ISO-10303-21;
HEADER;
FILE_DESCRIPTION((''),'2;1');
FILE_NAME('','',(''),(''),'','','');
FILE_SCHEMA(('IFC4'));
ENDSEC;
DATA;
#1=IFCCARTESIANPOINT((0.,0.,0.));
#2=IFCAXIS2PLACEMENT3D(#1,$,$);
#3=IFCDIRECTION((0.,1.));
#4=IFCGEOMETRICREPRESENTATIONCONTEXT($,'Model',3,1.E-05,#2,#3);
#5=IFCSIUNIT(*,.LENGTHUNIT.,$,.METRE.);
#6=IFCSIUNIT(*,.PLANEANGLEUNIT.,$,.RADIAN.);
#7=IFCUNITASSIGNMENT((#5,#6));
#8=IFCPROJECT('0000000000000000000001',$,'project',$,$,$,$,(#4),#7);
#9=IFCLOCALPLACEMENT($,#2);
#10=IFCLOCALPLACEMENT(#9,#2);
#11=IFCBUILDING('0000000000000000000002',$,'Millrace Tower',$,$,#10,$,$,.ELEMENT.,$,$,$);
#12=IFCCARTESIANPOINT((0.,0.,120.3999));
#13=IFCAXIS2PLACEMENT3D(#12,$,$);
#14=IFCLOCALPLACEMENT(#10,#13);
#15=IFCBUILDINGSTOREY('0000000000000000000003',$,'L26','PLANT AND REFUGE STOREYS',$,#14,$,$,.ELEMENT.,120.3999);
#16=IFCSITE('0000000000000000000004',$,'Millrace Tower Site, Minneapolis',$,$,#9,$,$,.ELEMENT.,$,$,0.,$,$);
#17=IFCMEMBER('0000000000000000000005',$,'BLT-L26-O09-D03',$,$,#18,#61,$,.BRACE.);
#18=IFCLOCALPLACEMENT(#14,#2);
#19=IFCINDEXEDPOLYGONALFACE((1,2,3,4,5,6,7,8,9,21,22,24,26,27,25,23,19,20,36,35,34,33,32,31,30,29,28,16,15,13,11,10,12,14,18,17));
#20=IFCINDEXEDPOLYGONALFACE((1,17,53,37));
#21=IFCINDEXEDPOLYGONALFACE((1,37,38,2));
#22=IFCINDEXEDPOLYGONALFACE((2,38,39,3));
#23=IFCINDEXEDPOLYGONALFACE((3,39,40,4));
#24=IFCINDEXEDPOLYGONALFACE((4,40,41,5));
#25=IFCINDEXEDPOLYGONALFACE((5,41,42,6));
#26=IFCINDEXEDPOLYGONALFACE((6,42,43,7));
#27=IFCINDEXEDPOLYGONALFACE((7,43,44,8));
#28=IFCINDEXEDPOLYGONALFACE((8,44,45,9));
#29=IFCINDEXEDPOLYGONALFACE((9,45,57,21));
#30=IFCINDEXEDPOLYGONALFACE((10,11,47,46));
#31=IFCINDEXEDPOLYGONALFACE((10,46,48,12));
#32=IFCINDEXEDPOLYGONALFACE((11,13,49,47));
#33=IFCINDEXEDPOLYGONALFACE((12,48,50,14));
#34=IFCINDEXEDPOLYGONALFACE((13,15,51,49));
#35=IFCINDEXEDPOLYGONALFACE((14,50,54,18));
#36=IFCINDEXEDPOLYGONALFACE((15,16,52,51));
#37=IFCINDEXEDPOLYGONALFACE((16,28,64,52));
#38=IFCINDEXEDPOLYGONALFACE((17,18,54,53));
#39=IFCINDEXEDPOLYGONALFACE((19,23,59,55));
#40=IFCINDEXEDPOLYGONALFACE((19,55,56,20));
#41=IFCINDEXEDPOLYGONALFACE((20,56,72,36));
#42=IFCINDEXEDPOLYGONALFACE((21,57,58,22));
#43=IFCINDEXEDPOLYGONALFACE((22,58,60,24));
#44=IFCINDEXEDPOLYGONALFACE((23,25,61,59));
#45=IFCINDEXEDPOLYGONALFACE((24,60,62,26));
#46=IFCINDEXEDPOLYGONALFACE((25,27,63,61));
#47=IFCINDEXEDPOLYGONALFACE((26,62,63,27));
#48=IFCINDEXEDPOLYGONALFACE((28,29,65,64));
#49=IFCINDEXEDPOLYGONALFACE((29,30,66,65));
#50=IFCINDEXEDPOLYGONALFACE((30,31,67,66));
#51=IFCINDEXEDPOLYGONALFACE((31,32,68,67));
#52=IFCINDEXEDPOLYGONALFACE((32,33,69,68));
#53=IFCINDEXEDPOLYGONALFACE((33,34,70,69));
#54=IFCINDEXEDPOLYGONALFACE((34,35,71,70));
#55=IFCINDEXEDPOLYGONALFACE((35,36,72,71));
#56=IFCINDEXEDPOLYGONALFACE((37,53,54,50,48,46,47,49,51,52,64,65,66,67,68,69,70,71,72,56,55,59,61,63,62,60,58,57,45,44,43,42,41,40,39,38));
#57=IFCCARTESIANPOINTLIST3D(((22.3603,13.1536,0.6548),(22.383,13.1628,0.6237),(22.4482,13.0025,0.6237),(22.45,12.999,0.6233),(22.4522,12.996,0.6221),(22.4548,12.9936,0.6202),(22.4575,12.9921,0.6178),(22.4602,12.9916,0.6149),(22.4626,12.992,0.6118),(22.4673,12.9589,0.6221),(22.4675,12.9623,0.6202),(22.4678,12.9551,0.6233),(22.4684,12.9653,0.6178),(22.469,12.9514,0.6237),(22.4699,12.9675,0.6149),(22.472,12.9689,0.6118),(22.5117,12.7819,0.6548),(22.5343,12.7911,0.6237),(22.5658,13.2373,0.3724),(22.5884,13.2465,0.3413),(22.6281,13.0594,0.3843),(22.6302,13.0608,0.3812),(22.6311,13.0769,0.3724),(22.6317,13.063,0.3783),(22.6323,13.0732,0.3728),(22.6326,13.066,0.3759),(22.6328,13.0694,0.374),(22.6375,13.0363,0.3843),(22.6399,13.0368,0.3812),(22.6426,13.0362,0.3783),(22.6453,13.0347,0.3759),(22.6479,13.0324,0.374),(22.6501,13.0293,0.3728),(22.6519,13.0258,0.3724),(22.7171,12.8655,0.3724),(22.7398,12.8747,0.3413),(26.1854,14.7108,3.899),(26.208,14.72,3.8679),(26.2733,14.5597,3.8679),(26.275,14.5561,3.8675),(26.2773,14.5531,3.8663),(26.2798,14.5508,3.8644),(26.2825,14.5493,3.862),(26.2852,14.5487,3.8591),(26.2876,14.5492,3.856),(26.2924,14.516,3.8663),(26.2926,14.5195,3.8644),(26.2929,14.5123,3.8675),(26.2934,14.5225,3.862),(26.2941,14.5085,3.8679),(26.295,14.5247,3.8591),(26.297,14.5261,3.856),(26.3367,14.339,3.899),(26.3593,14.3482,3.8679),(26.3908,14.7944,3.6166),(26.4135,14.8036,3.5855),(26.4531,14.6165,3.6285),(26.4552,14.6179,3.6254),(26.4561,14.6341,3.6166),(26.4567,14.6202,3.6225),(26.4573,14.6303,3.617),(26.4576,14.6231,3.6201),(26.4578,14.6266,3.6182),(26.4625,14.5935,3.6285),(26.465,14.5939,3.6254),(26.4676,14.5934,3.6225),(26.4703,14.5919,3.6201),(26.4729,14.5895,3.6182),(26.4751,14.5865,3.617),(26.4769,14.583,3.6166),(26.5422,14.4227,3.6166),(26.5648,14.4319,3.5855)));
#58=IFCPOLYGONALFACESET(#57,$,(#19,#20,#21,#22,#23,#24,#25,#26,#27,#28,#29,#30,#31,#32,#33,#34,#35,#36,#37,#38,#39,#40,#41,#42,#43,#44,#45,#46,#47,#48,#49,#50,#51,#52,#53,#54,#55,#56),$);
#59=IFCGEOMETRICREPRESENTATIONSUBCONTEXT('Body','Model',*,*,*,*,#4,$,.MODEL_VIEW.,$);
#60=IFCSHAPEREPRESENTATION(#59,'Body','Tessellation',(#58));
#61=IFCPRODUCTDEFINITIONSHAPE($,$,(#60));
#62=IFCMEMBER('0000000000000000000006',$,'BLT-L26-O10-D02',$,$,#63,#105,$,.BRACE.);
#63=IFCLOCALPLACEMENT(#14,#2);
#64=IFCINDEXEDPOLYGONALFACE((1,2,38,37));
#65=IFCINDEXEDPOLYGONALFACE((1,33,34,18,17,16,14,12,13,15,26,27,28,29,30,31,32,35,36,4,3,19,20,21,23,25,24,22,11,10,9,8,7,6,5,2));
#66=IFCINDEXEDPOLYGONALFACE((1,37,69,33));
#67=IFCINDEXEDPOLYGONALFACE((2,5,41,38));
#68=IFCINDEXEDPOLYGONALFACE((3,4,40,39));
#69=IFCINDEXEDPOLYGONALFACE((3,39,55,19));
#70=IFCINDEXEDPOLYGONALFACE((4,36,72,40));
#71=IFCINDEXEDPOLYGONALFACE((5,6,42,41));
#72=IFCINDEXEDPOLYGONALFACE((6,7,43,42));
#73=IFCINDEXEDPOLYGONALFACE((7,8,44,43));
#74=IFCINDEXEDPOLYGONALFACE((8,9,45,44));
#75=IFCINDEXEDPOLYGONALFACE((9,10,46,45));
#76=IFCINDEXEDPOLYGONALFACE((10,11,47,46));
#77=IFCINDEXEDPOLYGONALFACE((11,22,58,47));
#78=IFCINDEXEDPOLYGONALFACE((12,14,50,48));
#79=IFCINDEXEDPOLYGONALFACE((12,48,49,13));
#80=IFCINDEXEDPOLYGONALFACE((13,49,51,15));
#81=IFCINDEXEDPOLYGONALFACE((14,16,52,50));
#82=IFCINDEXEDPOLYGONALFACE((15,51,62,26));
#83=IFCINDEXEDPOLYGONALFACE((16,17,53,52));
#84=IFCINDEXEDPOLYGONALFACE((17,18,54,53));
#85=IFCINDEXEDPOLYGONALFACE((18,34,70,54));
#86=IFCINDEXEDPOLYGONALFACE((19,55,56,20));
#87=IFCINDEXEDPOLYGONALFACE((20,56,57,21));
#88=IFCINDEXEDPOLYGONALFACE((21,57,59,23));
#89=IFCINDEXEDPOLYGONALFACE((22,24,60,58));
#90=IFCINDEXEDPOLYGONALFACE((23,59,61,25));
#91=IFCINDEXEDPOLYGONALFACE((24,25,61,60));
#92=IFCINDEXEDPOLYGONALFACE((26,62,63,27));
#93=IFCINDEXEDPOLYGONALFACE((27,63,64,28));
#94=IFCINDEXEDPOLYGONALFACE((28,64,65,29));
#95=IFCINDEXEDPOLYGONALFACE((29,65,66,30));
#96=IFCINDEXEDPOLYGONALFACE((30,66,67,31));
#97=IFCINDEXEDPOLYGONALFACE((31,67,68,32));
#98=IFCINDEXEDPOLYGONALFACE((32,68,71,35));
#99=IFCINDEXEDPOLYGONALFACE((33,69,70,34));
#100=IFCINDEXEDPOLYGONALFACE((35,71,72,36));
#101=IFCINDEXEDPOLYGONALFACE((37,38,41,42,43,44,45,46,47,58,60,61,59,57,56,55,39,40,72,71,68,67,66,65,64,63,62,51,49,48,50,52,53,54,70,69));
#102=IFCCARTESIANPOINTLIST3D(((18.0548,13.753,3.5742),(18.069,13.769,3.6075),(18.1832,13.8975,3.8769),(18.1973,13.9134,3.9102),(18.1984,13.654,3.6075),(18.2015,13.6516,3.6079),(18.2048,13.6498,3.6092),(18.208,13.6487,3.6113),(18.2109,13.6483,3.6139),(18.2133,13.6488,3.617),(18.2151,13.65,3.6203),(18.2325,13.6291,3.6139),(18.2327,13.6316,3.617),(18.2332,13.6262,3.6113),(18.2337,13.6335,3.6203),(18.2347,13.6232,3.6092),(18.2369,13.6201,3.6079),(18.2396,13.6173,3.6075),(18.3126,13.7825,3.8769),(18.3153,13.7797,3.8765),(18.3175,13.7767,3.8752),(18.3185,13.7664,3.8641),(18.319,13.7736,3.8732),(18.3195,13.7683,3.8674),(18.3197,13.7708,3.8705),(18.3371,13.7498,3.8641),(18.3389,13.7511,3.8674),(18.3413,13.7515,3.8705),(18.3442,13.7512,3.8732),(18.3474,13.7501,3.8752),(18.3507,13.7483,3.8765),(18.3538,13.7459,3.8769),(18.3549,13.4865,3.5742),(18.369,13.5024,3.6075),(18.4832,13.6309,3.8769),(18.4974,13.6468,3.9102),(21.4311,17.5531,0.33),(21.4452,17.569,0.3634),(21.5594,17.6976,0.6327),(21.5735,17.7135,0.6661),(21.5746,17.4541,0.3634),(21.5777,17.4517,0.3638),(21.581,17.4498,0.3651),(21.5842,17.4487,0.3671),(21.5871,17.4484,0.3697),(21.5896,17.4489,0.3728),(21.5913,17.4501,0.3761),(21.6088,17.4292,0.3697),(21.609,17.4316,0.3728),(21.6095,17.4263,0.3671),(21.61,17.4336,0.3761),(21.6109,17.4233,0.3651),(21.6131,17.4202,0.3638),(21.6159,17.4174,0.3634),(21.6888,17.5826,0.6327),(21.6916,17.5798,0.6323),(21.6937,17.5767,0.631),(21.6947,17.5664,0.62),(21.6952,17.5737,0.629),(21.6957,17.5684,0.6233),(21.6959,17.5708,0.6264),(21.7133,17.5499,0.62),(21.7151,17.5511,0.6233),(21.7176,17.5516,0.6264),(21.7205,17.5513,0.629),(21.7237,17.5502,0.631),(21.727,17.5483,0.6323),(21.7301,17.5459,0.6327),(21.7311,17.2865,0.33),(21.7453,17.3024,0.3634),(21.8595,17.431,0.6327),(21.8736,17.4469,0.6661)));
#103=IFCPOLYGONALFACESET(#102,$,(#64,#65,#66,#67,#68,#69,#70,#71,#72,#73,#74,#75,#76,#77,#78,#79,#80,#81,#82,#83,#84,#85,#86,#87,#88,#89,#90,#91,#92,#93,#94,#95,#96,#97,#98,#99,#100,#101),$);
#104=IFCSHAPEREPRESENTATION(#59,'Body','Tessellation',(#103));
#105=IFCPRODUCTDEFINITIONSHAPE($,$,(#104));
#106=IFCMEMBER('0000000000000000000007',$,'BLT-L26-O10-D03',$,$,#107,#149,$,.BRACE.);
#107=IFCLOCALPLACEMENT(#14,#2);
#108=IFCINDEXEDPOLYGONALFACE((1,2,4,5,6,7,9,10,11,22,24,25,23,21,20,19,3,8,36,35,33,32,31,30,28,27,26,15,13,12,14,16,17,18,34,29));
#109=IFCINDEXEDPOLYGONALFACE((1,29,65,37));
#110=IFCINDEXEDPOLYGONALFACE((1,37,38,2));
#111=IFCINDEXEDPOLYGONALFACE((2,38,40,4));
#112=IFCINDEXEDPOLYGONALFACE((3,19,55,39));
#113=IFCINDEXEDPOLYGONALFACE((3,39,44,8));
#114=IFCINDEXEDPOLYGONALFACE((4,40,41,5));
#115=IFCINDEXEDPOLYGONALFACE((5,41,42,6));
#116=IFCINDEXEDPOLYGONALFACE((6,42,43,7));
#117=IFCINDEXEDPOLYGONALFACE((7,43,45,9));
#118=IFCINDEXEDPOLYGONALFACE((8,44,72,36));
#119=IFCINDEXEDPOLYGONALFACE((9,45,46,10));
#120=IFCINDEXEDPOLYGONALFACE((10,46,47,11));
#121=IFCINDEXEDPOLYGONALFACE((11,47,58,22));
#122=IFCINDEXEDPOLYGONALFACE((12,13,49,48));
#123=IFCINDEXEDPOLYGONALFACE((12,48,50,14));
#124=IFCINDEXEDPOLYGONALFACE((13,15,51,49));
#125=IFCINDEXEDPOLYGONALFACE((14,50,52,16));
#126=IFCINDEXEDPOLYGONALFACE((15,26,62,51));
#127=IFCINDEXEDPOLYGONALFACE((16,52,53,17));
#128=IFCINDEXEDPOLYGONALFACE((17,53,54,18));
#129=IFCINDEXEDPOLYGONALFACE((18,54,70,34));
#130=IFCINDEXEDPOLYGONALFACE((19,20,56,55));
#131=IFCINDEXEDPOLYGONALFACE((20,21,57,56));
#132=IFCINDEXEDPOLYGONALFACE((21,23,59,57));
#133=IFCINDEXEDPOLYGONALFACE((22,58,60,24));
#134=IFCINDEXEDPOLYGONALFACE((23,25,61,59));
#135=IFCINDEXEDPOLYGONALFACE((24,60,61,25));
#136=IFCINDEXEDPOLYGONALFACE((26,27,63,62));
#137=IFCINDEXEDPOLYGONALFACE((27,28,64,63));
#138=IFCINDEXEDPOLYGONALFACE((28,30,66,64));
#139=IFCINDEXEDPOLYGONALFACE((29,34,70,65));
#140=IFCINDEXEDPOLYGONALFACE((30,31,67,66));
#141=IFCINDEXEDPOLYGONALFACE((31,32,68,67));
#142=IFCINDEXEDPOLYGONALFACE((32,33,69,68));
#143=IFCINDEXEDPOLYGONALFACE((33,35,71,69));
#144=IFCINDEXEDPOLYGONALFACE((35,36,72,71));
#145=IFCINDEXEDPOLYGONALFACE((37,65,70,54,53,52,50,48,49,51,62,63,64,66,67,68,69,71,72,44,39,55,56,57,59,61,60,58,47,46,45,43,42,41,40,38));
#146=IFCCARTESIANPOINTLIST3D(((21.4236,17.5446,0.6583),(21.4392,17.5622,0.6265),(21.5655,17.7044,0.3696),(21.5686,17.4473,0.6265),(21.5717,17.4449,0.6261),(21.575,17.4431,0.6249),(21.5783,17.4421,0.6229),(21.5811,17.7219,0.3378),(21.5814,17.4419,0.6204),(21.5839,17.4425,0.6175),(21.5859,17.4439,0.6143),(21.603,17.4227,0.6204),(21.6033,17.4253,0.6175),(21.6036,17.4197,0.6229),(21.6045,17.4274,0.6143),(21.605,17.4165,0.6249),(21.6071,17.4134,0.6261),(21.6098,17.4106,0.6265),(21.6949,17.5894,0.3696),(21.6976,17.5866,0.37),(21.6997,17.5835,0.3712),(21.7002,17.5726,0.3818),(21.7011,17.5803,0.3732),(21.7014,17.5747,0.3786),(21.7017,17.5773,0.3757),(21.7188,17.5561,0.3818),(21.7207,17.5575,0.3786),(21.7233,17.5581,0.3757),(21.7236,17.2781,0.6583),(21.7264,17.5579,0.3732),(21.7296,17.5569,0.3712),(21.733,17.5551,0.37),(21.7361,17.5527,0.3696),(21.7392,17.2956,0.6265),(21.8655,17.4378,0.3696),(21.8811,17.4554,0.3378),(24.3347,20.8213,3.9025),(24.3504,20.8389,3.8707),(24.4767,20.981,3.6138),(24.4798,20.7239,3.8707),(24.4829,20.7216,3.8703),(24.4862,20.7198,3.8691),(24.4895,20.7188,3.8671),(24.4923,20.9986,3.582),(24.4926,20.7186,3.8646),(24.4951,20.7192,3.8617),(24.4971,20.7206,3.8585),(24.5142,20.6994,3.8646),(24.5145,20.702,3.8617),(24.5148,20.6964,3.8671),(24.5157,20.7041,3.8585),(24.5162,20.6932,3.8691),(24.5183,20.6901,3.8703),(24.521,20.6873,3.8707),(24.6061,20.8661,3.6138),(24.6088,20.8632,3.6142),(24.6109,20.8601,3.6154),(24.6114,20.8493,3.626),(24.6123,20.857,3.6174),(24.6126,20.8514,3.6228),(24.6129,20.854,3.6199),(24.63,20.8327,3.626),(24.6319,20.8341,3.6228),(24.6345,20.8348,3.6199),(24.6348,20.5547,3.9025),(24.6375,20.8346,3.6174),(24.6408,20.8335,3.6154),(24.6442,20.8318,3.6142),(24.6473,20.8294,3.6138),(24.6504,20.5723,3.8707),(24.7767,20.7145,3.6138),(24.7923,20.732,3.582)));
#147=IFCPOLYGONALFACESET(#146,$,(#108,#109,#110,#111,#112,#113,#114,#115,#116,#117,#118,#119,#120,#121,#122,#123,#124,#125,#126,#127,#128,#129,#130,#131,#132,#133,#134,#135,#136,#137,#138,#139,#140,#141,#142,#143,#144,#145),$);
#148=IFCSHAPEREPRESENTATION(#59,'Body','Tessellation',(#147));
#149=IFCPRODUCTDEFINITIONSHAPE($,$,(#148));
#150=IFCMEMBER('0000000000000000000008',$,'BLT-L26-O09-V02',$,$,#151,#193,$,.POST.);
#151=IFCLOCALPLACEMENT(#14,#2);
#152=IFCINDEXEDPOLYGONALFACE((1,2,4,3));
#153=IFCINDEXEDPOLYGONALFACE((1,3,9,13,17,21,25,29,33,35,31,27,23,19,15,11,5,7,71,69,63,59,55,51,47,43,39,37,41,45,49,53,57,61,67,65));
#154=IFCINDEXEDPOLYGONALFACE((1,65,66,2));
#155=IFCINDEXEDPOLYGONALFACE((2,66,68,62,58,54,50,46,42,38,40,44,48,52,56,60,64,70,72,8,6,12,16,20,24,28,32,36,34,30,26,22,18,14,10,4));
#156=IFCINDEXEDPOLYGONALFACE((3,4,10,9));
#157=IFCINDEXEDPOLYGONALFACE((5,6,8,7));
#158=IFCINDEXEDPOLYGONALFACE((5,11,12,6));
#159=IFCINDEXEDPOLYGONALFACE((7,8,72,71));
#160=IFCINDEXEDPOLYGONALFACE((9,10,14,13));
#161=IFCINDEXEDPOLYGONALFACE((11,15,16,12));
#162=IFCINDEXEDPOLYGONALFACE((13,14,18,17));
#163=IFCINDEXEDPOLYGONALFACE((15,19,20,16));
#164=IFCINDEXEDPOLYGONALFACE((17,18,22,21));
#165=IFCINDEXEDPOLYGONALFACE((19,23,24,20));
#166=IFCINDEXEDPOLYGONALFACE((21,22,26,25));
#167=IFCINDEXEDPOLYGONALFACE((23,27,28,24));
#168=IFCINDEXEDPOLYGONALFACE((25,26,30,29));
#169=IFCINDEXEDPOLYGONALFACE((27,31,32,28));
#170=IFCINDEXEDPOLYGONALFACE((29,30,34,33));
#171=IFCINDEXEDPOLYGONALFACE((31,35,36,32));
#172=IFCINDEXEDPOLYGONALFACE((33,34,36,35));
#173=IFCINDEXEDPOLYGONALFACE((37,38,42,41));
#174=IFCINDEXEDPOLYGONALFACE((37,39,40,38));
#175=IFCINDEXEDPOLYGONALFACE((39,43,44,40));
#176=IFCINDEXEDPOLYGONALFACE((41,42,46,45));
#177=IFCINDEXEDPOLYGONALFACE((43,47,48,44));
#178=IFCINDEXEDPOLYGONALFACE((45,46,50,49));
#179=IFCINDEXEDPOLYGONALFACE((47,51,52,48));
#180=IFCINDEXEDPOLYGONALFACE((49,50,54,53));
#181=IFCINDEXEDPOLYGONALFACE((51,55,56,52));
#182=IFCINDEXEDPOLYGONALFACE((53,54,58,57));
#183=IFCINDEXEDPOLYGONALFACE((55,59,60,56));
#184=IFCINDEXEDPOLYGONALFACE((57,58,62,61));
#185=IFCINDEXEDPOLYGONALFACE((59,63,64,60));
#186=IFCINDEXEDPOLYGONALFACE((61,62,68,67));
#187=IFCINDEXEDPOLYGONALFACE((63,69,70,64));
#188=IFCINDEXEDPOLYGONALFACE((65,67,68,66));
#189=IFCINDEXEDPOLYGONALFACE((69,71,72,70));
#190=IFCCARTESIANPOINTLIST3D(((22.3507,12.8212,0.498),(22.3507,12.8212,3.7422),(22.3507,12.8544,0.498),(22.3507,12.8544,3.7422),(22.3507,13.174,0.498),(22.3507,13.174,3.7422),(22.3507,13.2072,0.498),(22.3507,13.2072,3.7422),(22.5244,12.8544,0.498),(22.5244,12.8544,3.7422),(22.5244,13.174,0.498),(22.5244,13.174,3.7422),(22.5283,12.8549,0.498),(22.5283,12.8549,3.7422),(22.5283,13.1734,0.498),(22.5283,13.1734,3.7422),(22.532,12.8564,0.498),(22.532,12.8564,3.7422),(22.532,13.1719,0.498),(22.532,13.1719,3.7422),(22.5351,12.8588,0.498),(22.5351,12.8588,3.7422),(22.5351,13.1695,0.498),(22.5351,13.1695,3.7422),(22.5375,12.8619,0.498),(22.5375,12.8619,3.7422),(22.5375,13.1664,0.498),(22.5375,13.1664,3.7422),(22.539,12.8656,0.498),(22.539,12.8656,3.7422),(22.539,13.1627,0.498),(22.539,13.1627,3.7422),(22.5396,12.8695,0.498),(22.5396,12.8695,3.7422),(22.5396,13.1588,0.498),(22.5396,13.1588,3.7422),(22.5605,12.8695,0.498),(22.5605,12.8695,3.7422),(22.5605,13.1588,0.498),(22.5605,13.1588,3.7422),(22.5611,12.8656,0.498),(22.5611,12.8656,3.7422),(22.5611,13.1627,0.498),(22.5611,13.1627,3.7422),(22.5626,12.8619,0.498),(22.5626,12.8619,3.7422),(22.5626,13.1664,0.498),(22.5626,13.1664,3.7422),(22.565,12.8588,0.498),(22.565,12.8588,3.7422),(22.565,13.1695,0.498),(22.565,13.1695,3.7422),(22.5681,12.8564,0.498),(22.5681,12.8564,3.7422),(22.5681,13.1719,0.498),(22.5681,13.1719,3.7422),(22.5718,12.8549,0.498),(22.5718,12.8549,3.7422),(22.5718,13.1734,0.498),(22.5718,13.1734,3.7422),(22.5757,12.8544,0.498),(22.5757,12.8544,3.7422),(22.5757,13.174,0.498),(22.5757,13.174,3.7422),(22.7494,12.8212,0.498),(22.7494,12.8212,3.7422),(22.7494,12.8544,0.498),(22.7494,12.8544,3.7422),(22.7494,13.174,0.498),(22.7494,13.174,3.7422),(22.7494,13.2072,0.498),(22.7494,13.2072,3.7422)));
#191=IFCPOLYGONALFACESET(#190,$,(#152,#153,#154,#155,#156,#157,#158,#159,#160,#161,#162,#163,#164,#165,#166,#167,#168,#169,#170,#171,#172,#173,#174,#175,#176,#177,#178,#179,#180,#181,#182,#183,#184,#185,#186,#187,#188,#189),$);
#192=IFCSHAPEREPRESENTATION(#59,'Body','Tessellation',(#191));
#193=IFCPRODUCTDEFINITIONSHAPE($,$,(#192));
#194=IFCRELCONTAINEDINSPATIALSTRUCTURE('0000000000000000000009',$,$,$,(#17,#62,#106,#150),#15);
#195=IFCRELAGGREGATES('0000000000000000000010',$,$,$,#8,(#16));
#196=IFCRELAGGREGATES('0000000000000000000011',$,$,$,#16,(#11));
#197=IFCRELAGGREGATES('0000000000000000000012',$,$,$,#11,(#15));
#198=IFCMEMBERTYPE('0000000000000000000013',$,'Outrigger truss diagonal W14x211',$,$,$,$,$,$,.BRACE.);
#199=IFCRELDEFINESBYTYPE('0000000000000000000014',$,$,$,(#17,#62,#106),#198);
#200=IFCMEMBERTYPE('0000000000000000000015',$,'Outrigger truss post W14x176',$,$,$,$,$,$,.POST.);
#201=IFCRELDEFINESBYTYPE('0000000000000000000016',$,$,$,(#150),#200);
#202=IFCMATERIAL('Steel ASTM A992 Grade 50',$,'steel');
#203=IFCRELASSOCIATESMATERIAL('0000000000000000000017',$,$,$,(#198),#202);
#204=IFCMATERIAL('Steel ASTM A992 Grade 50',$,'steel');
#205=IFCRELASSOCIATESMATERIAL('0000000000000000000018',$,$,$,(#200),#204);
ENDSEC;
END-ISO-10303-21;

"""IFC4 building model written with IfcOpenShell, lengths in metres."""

from ifc_helpers import new_model, si_unit, direction, frame, origin, origin_2d, place, context, subcontext, project, spatial, i_section, extrude, material, material_profile, profile_set, type_object, element, save


model = new_model("IFC4")

# Units and contexts
model_context = context("Model", 3, precision=1e-05, world=origin(), true_north=direction((0.0, 1.0)))
body_context = subcontext(model_context, "Body", "Model", "MODEL_VIEW")
ifc_project = project(units=[si_unit("LENGTHUNIT", "METRE"), si_unit("PLANEANGLEUNIT", "RADIAN")], contexts=[model_context])

# Site, building, storey
site_placement = place(None, origin())
site = spatial("IfcSite", under=ifc_project, at=site_placement, Name="Millrace Tower Site, Minneapolis", CompositionType="ELEMENT", RefElevation=0.0)
building_placement = place(site_placement, origin())
building = spatial("IfcBuilding", under=site, at=building_placement, Name="Millrace Tower", CompositionType="ELEMENT")
storey_placement = place(building_placement, frame((0.0, 0.0, 120.3999)))
storey = spatial("IfcBuildingStorey", under=building, at=storey_placement, Name="L26", Description="PLANT AND REFUGE STOREYS", CompositionType="ELEMENT", Elevation=120.3999)

# Members
ifc_material_1 = material(Name="Steel ASTM A992 Grade 50", Category="steel")
ifc_material_profile_1 = material_profile(ifc_material_1, i_section(OverallWidth=0.4014, OverallDepth=0.3987, WebThickness=0.0249, FlangeThickness=0.0396, FilletRadius=0.0151, at=origin_2d()))
ifc_profile_set_1 = profile_set([ifc_material_profile_1], Name="Steel ASTM A992 Grade 50")
member_type_1 = type_object("IfcMemberType", Name="Outrigger truss diagonal W14x211", PredefinedType="BRACE", material=ifc_profile_set_1)
for number, where, z_axis, x_axis, name in (
    (1, (22.55, 13.0142, 0.498), (0.72834, 0.296505, 0.617743), (-0.377051, 0.926193, 0.0), "BLT-L26-O09-D03"),
):
    element("IfcMember", number, at=place(storey_placement, frame(where, z_axis=z_axis, x_axis=x_axis)), inside=storey, type_object=member_type_1, Name=name, PredefinedType="BRACE", context=body_context, shape_type="SweptSolid", body=[
        extrude(i_section(OverallWidth=0.4014, OverallDepth=0.3987, WebThickness=0.0249, FlangeThickness=0.0396, FilletRadius=0.0151, at=origin_2d()), origin(), (0.0, 0.0, 1.0), 5.2517),
    ])
member_1_placement = place(storey_placement, frame((21.6523, 17.5, 0.498), z_axis=(-0.559882, -0.630166, 0.537979), x_axis=(0.747566, -0.664188, 0.0)))
element("IfcMember", 2, at=member_1_placement, inside=storey, type_object=member_type_1, Name="BLT-L26-O10-D02", PredefinedType="BRACE", context=body_context, shape_type="SweptSolid", body=[
    extrude(i_section(OverallWidth=0.4014, OverallDepth=0.3987, WebThickness=0.0249, FlangeThickness=0.0396, FilletRadius=0.0151, at=origin_2d()), origin(), (0.0, 0.0, 1.0), 6.0303),
])
member_2_placement = place(storey_placement, frame((21.6523, 17.5, 0.498), z_axis=(0.533858, 0.600881, 0.594927), x_axis=(-0.747569, 0.664184, 0.0)))
element("IfcMember", 3, at=member_2_placement, inside=storey, type_object=member_type_1, Name="BLT-L26-O10-D03", PredefinedType="BRACE", context=body_context, shape_type="SweptSolid", body=[
    extrude(i_section(OverallWidth=0.4014, OverallDepth=0.3987, WebThickness=0.0249, FlangeThickness=0.0396, FilletRadius=0.0151, at=origin_2d()), origin(), (0.0, 0.0, 1.0), 5.4531),
])
ifc_material_2 = material(Name="Steel ASTM A992 Grade 50", Category="steel")
ifc_material_profile_2 = material_profile(ifc_material_2, i_section(OverallWidth=0.3987, OverallDepth=0.386, WebThickness=0.021, FlangeThickness=0.0332, FilletRadius=0.0151, at=origin_2d()))
ifc_profile_set_2 = profile_set([ifc_material_profile_2], Name="Steel ASTM A992 Grade 50")
member_type_2 = type_object("IfcMemberType", Name="Outrigger truss post W14x176", PredefinedType="POST", material=ifc_profile_set_2)
for number, where, z_axis, x_axis, name in (
    (4, (22.55, 13.0142, 0.498), (0.0, 0.0, 1.0), (1.0, 0.0, 0.0), "BLT-L26-O09-V02"),
):
    element("IfcMember", number, at=place(storey_placement, frame(where, z_axis=z_axis, x_axis=x_axis)), inside=storey, type_object=member_type_2, Name=name, PredefinedType="POST", context=body_context, shape_type="SweptSolid", body=[
        extrude(i_section(OverallWidth=0.3987, OverallDepth=0.386, WebThickness=0.021, FlangeThickness=0.0332, FilletRadius=0.0151, at=origin_2d()), origin(), (0.0, 0.0, 1.0), 3.2441),
    ])

save(model, "model.ifc")
